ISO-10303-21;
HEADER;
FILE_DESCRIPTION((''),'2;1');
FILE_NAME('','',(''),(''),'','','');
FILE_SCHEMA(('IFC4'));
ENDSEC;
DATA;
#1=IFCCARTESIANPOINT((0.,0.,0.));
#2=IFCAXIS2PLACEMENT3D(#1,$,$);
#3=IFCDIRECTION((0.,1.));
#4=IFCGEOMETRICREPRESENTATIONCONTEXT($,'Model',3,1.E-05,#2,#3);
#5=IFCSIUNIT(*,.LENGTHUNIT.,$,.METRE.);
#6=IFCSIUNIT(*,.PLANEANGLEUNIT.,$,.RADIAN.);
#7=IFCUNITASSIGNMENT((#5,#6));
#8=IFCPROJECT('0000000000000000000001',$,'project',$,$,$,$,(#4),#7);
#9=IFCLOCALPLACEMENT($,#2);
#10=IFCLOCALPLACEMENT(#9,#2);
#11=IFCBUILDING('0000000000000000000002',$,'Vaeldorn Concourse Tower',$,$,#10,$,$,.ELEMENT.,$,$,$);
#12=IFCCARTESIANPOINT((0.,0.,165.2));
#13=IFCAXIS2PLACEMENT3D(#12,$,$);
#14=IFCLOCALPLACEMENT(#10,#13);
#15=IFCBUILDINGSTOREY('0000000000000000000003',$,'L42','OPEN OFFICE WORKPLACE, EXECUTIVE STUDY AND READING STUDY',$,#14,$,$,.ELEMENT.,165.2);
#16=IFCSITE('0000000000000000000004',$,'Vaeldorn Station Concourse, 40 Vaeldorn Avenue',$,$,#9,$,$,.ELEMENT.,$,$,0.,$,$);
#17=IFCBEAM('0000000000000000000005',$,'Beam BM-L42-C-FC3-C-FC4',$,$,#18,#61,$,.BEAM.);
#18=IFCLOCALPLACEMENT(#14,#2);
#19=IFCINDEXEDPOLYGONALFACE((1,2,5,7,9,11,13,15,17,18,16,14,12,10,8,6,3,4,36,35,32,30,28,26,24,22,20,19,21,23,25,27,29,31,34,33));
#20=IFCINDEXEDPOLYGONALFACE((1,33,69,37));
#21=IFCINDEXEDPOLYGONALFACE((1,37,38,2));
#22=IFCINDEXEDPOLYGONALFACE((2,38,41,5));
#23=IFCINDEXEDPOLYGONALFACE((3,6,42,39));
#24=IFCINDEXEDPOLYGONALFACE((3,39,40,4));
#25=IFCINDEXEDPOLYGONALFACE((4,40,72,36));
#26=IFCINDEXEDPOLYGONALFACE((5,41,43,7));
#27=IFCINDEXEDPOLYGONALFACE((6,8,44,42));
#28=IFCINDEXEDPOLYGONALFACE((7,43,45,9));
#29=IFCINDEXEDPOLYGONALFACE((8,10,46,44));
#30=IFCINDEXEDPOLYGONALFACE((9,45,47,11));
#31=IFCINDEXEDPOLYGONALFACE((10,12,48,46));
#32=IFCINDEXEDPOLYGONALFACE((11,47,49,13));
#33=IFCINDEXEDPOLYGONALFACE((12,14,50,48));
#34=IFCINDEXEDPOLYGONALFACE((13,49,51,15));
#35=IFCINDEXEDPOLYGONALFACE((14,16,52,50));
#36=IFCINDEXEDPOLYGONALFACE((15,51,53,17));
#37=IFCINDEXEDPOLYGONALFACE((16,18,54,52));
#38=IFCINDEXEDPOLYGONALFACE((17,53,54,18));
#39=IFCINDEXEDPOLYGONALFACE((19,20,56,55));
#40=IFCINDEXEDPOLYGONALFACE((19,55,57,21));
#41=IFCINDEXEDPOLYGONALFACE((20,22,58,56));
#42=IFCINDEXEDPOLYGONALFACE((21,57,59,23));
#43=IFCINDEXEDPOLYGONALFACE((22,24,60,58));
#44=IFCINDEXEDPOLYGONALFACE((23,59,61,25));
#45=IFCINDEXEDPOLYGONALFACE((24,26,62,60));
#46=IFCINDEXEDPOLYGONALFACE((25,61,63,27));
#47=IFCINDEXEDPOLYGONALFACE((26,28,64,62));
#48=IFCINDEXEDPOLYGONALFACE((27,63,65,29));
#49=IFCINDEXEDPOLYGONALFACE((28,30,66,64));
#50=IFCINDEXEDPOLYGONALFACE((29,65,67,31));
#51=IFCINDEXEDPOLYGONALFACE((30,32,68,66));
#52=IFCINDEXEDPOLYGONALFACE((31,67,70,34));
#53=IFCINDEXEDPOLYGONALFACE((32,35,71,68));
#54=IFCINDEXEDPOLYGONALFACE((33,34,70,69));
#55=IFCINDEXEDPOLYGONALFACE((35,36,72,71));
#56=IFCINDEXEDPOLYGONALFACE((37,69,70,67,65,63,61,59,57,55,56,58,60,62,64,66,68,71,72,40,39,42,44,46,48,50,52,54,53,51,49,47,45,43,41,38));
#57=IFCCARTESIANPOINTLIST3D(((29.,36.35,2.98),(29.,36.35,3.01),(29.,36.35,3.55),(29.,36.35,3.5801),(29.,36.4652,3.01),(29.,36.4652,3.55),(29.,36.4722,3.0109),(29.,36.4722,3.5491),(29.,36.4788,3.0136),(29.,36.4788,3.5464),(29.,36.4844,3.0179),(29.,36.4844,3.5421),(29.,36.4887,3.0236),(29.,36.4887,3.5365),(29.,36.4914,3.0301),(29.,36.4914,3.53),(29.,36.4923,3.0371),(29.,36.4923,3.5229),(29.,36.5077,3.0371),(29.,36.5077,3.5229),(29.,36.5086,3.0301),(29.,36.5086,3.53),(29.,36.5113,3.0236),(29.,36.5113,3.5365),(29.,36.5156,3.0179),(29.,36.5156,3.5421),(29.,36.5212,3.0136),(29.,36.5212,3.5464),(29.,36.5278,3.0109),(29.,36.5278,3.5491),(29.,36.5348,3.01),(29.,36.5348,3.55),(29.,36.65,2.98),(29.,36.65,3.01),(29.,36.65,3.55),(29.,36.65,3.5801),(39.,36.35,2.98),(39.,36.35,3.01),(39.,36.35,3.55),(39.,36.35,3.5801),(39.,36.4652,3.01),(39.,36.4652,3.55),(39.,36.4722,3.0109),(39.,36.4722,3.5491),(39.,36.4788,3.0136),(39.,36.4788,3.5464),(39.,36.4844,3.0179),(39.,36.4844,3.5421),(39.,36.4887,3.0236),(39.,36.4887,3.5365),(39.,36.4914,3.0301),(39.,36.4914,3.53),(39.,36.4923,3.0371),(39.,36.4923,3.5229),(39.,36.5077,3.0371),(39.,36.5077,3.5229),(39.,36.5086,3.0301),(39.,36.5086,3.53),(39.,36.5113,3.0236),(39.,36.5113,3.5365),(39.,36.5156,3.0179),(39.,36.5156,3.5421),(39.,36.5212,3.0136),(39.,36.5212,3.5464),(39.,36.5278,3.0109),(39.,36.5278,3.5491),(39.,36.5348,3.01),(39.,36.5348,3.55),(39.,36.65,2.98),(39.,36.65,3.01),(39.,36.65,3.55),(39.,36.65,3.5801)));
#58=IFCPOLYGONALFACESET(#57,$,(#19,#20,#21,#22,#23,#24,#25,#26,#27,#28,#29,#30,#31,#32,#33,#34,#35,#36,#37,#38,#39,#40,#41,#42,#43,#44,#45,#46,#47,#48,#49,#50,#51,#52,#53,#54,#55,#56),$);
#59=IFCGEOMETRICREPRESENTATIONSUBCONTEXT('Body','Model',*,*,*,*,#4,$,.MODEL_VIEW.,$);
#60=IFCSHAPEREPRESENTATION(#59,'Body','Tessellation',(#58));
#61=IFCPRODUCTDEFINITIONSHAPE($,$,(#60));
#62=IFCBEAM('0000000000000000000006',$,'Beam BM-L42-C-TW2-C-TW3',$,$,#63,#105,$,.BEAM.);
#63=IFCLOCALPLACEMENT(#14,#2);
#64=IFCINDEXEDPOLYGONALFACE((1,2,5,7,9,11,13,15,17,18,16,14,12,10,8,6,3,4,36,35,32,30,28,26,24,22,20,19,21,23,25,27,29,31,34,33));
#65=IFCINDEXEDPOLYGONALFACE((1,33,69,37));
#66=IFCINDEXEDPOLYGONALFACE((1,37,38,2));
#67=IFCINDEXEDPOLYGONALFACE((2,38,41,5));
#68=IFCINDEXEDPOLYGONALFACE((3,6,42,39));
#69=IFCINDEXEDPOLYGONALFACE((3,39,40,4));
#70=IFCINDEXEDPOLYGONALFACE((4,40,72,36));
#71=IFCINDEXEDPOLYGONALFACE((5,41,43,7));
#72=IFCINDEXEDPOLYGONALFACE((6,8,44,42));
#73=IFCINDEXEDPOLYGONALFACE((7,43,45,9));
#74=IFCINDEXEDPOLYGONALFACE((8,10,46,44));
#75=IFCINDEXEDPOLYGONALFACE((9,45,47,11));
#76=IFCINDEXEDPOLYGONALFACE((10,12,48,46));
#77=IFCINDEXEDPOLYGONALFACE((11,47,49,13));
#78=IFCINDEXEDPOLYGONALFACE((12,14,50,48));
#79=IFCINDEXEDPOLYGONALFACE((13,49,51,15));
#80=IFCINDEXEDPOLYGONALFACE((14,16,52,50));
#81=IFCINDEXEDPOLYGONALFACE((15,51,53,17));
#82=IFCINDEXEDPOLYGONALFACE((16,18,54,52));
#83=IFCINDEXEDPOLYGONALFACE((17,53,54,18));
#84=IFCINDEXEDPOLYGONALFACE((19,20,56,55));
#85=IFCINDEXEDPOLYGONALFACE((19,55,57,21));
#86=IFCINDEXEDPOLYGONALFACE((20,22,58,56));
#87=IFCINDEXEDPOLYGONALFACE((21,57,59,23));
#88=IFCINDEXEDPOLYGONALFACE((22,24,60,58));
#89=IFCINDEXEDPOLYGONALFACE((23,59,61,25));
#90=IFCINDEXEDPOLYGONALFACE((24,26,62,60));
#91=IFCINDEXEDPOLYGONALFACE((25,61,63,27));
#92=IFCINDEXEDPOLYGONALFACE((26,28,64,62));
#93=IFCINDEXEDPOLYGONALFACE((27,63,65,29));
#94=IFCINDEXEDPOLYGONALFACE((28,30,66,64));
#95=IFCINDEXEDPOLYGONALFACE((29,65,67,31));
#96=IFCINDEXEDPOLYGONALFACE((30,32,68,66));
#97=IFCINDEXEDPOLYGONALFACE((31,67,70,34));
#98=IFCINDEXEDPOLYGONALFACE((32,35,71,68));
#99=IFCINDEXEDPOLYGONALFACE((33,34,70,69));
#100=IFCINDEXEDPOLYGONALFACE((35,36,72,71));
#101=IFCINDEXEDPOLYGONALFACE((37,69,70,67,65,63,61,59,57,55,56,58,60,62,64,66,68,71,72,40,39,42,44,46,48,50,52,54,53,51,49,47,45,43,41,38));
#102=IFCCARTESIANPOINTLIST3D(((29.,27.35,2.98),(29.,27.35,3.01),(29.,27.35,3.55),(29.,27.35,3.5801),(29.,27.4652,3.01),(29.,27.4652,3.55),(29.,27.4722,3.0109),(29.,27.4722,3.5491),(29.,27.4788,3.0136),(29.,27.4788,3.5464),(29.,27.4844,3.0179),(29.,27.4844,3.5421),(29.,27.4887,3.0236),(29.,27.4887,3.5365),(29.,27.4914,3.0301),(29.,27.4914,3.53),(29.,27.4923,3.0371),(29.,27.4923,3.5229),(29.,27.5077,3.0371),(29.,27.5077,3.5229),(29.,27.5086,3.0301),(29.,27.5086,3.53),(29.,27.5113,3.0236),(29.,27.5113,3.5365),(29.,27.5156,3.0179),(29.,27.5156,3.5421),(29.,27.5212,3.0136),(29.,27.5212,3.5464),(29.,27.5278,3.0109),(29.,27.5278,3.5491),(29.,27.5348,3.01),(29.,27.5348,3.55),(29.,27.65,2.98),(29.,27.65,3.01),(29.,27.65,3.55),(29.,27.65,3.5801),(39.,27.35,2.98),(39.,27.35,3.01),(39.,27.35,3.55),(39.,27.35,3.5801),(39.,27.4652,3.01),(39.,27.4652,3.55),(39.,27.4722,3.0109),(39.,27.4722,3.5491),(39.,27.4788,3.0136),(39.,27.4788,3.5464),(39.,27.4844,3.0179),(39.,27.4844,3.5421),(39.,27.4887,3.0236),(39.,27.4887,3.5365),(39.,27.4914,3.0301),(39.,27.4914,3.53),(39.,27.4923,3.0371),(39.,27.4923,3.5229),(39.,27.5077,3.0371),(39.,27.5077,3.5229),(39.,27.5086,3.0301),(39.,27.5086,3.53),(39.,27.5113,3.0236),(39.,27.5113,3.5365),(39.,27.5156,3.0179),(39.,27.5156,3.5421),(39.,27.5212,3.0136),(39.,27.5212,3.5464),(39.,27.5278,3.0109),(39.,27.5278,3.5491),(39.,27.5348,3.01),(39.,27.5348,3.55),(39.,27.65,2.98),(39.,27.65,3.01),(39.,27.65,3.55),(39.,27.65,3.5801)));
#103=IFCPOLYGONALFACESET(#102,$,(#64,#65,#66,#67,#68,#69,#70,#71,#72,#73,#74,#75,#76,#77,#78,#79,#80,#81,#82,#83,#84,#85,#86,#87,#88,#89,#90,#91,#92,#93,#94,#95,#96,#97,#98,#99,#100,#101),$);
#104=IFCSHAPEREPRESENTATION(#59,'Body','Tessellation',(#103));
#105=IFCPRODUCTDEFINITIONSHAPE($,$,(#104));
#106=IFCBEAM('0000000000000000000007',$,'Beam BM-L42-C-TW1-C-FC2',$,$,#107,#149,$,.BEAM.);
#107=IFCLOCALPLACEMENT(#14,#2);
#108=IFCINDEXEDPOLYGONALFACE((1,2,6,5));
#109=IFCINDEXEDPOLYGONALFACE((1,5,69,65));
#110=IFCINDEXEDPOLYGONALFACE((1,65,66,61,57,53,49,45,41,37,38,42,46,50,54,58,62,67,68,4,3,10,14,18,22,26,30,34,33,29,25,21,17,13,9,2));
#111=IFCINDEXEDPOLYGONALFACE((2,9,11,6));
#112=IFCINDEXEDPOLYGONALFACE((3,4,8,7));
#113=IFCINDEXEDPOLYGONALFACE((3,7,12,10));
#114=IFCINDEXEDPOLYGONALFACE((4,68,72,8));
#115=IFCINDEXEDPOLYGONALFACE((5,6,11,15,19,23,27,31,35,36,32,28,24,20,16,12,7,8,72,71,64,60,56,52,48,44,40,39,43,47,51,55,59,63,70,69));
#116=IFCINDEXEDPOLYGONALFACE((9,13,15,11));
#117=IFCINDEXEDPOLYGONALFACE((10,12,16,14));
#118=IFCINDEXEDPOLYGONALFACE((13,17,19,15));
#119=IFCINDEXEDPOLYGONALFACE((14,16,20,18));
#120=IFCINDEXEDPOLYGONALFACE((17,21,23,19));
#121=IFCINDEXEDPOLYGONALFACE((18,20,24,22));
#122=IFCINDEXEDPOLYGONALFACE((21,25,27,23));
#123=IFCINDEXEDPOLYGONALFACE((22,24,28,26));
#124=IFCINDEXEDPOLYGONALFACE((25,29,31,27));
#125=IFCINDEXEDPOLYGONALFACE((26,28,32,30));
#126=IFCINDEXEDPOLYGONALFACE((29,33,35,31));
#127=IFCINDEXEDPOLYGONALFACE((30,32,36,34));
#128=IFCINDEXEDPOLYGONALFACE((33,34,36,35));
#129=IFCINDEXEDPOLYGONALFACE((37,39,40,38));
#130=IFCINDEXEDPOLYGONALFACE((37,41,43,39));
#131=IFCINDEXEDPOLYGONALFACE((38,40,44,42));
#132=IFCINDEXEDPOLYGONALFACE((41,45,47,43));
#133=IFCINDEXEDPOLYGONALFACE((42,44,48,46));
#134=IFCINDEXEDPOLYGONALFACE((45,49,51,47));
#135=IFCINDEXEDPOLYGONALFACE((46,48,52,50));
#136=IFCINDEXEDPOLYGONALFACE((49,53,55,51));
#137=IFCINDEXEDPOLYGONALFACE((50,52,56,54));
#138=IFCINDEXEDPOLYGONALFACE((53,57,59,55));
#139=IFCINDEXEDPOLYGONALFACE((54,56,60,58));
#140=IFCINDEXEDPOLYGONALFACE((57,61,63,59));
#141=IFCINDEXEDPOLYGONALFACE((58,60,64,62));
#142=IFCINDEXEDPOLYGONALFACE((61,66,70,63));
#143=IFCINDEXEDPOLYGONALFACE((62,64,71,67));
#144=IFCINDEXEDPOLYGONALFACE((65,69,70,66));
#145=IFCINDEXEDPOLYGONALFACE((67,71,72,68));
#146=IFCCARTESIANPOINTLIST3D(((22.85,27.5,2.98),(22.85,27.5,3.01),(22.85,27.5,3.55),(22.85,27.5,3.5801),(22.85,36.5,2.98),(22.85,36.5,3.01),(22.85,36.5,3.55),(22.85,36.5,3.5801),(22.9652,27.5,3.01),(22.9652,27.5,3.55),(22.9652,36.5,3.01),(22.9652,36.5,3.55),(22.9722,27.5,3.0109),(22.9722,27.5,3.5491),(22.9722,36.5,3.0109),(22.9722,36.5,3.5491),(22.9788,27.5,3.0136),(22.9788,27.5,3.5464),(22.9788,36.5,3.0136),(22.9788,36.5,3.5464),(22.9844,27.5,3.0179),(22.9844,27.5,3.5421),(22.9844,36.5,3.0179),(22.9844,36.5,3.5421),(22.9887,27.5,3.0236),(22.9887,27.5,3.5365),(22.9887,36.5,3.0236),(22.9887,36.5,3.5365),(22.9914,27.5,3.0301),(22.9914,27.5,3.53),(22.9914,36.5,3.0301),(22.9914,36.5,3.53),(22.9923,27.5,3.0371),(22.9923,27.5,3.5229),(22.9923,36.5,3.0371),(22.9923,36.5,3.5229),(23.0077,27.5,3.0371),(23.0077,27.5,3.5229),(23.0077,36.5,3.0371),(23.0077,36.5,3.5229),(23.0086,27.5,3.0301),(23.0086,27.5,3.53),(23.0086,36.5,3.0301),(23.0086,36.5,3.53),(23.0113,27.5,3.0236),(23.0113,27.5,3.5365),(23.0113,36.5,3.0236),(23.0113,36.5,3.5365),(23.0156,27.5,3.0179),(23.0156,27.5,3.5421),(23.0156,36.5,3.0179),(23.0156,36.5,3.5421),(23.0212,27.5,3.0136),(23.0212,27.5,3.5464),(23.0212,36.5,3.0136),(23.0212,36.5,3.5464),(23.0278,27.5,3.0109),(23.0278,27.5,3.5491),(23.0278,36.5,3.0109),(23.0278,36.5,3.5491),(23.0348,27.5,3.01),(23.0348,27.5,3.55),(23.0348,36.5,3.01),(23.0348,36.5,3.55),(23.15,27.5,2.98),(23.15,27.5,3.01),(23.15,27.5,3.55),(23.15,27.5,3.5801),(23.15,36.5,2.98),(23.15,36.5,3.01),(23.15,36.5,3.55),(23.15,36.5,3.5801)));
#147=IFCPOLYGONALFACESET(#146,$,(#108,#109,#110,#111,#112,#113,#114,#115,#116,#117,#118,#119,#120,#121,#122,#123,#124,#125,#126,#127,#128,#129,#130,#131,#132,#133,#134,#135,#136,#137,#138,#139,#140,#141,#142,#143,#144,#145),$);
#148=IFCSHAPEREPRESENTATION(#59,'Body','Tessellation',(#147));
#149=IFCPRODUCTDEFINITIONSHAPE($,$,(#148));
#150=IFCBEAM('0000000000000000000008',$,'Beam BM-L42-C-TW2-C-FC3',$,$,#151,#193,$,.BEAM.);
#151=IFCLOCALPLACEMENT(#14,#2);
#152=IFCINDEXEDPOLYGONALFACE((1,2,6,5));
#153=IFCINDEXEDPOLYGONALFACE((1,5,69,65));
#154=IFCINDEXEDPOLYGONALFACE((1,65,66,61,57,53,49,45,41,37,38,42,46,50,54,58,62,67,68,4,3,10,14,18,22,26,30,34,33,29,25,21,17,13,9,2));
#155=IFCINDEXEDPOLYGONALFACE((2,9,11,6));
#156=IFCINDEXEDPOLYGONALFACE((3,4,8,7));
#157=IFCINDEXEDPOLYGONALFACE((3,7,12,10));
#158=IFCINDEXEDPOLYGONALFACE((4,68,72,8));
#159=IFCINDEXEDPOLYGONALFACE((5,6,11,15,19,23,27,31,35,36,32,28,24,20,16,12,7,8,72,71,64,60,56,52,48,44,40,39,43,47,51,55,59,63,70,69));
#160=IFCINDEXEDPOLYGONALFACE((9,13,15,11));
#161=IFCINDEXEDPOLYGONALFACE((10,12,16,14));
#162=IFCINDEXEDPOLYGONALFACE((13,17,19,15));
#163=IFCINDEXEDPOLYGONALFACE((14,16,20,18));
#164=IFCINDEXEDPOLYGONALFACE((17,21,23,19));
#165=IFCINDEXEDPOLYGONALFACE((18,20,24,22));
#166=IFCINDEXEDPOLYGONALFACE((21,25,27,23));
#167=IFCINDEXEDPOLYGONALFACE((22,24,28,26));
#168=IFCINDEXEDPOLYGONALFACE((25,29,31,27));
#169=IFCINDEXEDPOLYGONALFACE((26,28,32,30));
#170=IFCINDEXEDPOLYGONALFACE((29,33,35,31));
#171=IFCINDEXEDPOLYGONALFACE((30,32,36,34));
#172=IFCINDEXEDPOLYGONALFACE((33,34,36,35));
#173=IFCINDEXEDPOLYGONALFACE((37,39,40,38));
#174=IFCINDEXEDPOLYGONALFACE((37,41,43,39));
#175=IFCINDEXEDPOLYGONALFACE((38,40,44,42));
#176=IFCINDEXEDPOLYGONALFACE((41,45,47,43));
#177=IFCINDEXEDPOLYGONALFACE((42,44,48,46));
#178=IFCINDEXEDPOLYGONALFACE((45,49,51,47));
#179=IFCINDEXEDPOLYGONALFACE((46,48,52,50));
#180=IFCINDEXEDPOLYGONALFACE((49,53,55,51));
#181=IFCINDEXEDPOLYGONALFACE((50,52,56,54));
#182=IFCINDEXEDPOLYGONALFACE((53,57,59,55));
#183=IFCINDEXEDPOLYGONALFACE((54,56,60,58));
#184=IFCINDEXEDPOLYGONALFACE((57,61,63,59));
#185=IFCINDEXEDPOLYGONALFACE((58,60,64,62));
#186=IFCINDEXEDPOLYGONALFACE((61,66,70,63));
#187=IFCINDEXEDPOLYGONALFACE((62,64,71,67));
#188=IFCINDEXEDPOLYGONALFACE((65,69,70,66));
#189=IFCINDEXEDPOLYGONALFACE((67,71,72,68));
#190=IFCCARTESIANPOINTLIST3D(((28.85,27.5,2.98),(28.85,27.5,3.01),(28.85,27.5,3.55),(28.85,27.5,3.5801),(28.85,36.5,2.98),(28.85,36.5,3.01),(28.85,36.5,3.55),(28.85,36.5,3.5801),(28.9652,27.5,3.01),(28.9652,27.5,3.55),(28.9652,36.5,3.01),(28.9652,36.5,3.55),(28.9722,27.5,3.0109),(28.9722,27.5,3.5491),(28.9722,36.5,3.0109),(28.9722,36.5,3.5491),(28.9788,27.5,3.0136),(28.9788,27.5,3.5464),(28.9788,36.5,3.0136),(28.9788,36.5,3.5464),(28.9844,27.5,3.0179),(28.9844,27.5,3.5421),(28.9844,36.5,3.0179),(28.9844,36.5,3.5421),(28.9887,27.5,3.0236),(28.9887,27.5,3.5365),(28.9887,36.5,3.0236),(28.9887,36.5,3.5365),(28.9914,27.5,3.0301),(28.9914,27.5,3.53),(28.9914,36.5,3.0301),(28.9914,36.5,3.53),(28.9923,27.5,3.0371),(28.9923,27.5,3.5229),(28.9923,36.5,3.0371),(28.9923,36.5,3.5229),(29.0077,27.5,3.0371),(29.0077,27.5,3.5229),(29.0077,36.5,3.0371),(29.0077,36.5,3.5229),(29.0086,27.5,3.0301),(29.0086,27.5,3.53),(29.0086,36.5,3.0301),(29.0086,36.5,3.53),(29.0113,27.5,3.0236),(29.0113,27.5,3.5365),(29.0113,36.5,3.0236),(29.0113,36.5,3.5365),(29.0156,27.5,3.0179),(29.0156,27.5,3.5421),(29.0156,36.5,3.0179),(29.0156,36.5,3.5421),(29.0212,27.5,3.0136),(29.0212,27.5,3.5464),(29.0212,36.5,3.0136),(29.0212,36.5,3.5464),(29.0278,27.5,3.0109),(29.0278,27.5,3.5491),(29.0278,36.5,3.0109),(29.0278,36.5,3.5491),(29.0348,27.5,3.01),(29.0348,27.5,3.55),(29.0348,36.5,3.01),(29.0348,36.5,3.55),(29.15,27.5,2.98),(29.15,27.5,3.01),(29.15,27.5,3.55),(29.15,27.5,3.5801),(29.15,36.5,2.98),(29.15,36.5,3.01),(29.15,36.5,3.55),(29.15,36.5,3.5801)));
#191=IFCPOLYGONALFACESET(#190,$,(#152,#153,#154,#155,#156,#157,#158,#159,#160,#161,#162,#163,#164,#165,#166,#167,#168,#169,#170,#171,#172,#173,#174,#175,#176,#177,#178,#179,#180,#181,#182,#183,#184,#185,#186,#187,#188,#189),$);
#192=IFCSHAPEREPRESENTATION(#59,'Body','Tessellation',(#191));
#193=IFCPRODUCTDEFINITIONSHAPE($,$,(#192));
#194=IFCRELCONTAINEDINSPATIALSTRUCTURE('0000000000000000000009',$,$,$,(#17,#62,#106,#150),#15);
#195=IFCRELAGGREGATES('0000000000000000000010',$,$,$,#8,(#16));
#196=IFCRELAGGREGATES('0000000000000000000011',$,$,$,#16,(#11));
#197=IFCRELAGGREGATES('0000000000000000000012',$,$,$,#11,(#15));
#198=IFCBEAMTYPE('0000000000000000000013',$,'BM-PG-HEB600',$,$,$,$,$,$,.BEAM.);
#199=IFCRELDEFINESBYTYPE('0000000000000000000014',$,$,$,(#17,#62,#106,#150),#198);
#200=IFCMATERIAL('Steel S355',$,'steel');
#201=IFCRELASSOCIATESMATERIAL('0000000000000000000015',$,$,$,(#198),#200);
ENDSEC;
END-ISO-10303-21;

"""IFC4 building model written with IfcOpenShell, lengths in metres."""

from ifc_helpers import new_model, si_unit, direction, frame, origin, origin_2d, place, context, subcontext, project, spatial, i_section, extrude, source, transform, mapped, material, material_profile, profile_set, type_object, element, save


model = new_model("IFC4")

# Units and contexts
model_context = context("Model", 3, precision=1e-05, world=origin(), true_north=direction((0.0, 1.0)))
body_context = subcontext(model_context, "Body", "Model", "MODEL_VIEW")
ifc_project = project(units=[si_unit("LENGTHUNIT", "METRE"), si_unit("PLANEANGLEUNIT", "RADIAN")], contexts=[model_context])

# Site, building, storey
site_placement = place(None, origin())
site = spatial("IfcSite", under=ifc_project, at=site_placement, Name="Vaeldorn Station Concourse, 40 Vaeldorn Avenue", CompositionType="ELEMENT", RefElevation=0.0)
building_placement = place(site_placement, origin())
building = spatial("IfcBuilding", under=site, at=building_placement, Name="Vaeldorn Concourse Tower", CompositionType="ELEMENT")
storey_placement = place(building_placement, frame((0.0, 0.0, 165.2)))
storey = spatial("IfcBuildingStorey", under=building, at=storey_placement, Name="L42", Description="OPEN OFFICE WORKPLACE, EXECUTIVE STUDY AND READING STUDY", CompositionType="ELEMENT", Elevation=165.2)

# Beams
ifc_material_1 = material(Name="Steel S355", Category="steel")
ifc_material_profile_1 = material_profile(ifc_material_1, i_section(OverallWidth=0.3, OverallDepth=0.6001, WebThickness=0.0154, FlangeThickness=0.03, FilletRadius=0.0271, at=origin_2d()), Name="HEB 600")
ifc_profile_set_1 = profile_set([ifc_material_profile_1], Name="Steel S355")
beam_type_1 = type_object("IfcBeamType", Name="BM-PG-HEB600", PredefinedType="BEAM", material=ifc_profile_set_1)
shared_shape_1 = source(origin(), body_context, "Body", "SweptSolid", [
    extrude(i_section(OverallWidth=0.3, OverallDepth=0.6001, WebThickness=0.0154, FlangeThickness=0.03, FilletRadius=0.0271, at=origin_2d()), origin(), (0.0, 0.0, 1.0), 10.0),
])
for number, where, z_axis, x_axis, name in (
    (1, (29.0, 36.5, 3.28), (1.0, 0.0, 0.0), (0.0, 1.0, 0.0), "Beam BM-L42-C-FC3-C-FC4"),
    (2, (29.0, 27.5, 3.28), (1.0, 0.0, 0.0), (0.0, 1.0, 0.0), "Beam BM-L42-C-TW2-C-TW3"),
):
    element("IfcBeam", number, at=place(storey_placement, frame(where, z_axis=z_axis, x_axis=x_axis)), inside=storey, type_object=beam_type_1, Name=name, PredefinedType="BEAM", context=body_context, shape_type="MappedRepresentation", body=[
        mapped(shared_shape_1, transform((0.0, 0.0, 0.0), scale=1.0)),
    ])
shared_shape_2 = source(origin(), body_context, "Body", "SweptSolid", [
    extrude(i_section(OverallWidth=0.3, OverallDepth=0.6001, WebThickness=0.0154, FlangeThickness=0.03, FilletRadius=0.0271, at=origin_2d()), origin(), (0.0, 0.0, 1.0), 9.0),
])
for number, where, z_axis, x_axis, name in (
    (3, (23.0, 27.5, 3.28), (0.0, 1.0, 0.0), (-1.0, 0.0, 0.0), "Beam BM-L42-C-TW1-C-FC2"),
    (4, (29.0, 27.5, 3.28), (0.0, 1.0, 0.0), (-1.0, 0.0, 0.0), "Beam BM-L42-C-TW2-C-FC3"),
):
    element("IfcBeam", number, at=place(storey_placement, frame(where, z_axis=z_axis, x_axis=x_axis)), inside=storey, type_object=beam_type_1, Name=name, PredefinedType="BEAM", context=body_context, shape_type="MappedRepresentation", body=[
        mapped(shared_shape_2, transform((0.0, 0.0, 0.0), scale=1.0)),
    ])

save(model, "model.ifc")
